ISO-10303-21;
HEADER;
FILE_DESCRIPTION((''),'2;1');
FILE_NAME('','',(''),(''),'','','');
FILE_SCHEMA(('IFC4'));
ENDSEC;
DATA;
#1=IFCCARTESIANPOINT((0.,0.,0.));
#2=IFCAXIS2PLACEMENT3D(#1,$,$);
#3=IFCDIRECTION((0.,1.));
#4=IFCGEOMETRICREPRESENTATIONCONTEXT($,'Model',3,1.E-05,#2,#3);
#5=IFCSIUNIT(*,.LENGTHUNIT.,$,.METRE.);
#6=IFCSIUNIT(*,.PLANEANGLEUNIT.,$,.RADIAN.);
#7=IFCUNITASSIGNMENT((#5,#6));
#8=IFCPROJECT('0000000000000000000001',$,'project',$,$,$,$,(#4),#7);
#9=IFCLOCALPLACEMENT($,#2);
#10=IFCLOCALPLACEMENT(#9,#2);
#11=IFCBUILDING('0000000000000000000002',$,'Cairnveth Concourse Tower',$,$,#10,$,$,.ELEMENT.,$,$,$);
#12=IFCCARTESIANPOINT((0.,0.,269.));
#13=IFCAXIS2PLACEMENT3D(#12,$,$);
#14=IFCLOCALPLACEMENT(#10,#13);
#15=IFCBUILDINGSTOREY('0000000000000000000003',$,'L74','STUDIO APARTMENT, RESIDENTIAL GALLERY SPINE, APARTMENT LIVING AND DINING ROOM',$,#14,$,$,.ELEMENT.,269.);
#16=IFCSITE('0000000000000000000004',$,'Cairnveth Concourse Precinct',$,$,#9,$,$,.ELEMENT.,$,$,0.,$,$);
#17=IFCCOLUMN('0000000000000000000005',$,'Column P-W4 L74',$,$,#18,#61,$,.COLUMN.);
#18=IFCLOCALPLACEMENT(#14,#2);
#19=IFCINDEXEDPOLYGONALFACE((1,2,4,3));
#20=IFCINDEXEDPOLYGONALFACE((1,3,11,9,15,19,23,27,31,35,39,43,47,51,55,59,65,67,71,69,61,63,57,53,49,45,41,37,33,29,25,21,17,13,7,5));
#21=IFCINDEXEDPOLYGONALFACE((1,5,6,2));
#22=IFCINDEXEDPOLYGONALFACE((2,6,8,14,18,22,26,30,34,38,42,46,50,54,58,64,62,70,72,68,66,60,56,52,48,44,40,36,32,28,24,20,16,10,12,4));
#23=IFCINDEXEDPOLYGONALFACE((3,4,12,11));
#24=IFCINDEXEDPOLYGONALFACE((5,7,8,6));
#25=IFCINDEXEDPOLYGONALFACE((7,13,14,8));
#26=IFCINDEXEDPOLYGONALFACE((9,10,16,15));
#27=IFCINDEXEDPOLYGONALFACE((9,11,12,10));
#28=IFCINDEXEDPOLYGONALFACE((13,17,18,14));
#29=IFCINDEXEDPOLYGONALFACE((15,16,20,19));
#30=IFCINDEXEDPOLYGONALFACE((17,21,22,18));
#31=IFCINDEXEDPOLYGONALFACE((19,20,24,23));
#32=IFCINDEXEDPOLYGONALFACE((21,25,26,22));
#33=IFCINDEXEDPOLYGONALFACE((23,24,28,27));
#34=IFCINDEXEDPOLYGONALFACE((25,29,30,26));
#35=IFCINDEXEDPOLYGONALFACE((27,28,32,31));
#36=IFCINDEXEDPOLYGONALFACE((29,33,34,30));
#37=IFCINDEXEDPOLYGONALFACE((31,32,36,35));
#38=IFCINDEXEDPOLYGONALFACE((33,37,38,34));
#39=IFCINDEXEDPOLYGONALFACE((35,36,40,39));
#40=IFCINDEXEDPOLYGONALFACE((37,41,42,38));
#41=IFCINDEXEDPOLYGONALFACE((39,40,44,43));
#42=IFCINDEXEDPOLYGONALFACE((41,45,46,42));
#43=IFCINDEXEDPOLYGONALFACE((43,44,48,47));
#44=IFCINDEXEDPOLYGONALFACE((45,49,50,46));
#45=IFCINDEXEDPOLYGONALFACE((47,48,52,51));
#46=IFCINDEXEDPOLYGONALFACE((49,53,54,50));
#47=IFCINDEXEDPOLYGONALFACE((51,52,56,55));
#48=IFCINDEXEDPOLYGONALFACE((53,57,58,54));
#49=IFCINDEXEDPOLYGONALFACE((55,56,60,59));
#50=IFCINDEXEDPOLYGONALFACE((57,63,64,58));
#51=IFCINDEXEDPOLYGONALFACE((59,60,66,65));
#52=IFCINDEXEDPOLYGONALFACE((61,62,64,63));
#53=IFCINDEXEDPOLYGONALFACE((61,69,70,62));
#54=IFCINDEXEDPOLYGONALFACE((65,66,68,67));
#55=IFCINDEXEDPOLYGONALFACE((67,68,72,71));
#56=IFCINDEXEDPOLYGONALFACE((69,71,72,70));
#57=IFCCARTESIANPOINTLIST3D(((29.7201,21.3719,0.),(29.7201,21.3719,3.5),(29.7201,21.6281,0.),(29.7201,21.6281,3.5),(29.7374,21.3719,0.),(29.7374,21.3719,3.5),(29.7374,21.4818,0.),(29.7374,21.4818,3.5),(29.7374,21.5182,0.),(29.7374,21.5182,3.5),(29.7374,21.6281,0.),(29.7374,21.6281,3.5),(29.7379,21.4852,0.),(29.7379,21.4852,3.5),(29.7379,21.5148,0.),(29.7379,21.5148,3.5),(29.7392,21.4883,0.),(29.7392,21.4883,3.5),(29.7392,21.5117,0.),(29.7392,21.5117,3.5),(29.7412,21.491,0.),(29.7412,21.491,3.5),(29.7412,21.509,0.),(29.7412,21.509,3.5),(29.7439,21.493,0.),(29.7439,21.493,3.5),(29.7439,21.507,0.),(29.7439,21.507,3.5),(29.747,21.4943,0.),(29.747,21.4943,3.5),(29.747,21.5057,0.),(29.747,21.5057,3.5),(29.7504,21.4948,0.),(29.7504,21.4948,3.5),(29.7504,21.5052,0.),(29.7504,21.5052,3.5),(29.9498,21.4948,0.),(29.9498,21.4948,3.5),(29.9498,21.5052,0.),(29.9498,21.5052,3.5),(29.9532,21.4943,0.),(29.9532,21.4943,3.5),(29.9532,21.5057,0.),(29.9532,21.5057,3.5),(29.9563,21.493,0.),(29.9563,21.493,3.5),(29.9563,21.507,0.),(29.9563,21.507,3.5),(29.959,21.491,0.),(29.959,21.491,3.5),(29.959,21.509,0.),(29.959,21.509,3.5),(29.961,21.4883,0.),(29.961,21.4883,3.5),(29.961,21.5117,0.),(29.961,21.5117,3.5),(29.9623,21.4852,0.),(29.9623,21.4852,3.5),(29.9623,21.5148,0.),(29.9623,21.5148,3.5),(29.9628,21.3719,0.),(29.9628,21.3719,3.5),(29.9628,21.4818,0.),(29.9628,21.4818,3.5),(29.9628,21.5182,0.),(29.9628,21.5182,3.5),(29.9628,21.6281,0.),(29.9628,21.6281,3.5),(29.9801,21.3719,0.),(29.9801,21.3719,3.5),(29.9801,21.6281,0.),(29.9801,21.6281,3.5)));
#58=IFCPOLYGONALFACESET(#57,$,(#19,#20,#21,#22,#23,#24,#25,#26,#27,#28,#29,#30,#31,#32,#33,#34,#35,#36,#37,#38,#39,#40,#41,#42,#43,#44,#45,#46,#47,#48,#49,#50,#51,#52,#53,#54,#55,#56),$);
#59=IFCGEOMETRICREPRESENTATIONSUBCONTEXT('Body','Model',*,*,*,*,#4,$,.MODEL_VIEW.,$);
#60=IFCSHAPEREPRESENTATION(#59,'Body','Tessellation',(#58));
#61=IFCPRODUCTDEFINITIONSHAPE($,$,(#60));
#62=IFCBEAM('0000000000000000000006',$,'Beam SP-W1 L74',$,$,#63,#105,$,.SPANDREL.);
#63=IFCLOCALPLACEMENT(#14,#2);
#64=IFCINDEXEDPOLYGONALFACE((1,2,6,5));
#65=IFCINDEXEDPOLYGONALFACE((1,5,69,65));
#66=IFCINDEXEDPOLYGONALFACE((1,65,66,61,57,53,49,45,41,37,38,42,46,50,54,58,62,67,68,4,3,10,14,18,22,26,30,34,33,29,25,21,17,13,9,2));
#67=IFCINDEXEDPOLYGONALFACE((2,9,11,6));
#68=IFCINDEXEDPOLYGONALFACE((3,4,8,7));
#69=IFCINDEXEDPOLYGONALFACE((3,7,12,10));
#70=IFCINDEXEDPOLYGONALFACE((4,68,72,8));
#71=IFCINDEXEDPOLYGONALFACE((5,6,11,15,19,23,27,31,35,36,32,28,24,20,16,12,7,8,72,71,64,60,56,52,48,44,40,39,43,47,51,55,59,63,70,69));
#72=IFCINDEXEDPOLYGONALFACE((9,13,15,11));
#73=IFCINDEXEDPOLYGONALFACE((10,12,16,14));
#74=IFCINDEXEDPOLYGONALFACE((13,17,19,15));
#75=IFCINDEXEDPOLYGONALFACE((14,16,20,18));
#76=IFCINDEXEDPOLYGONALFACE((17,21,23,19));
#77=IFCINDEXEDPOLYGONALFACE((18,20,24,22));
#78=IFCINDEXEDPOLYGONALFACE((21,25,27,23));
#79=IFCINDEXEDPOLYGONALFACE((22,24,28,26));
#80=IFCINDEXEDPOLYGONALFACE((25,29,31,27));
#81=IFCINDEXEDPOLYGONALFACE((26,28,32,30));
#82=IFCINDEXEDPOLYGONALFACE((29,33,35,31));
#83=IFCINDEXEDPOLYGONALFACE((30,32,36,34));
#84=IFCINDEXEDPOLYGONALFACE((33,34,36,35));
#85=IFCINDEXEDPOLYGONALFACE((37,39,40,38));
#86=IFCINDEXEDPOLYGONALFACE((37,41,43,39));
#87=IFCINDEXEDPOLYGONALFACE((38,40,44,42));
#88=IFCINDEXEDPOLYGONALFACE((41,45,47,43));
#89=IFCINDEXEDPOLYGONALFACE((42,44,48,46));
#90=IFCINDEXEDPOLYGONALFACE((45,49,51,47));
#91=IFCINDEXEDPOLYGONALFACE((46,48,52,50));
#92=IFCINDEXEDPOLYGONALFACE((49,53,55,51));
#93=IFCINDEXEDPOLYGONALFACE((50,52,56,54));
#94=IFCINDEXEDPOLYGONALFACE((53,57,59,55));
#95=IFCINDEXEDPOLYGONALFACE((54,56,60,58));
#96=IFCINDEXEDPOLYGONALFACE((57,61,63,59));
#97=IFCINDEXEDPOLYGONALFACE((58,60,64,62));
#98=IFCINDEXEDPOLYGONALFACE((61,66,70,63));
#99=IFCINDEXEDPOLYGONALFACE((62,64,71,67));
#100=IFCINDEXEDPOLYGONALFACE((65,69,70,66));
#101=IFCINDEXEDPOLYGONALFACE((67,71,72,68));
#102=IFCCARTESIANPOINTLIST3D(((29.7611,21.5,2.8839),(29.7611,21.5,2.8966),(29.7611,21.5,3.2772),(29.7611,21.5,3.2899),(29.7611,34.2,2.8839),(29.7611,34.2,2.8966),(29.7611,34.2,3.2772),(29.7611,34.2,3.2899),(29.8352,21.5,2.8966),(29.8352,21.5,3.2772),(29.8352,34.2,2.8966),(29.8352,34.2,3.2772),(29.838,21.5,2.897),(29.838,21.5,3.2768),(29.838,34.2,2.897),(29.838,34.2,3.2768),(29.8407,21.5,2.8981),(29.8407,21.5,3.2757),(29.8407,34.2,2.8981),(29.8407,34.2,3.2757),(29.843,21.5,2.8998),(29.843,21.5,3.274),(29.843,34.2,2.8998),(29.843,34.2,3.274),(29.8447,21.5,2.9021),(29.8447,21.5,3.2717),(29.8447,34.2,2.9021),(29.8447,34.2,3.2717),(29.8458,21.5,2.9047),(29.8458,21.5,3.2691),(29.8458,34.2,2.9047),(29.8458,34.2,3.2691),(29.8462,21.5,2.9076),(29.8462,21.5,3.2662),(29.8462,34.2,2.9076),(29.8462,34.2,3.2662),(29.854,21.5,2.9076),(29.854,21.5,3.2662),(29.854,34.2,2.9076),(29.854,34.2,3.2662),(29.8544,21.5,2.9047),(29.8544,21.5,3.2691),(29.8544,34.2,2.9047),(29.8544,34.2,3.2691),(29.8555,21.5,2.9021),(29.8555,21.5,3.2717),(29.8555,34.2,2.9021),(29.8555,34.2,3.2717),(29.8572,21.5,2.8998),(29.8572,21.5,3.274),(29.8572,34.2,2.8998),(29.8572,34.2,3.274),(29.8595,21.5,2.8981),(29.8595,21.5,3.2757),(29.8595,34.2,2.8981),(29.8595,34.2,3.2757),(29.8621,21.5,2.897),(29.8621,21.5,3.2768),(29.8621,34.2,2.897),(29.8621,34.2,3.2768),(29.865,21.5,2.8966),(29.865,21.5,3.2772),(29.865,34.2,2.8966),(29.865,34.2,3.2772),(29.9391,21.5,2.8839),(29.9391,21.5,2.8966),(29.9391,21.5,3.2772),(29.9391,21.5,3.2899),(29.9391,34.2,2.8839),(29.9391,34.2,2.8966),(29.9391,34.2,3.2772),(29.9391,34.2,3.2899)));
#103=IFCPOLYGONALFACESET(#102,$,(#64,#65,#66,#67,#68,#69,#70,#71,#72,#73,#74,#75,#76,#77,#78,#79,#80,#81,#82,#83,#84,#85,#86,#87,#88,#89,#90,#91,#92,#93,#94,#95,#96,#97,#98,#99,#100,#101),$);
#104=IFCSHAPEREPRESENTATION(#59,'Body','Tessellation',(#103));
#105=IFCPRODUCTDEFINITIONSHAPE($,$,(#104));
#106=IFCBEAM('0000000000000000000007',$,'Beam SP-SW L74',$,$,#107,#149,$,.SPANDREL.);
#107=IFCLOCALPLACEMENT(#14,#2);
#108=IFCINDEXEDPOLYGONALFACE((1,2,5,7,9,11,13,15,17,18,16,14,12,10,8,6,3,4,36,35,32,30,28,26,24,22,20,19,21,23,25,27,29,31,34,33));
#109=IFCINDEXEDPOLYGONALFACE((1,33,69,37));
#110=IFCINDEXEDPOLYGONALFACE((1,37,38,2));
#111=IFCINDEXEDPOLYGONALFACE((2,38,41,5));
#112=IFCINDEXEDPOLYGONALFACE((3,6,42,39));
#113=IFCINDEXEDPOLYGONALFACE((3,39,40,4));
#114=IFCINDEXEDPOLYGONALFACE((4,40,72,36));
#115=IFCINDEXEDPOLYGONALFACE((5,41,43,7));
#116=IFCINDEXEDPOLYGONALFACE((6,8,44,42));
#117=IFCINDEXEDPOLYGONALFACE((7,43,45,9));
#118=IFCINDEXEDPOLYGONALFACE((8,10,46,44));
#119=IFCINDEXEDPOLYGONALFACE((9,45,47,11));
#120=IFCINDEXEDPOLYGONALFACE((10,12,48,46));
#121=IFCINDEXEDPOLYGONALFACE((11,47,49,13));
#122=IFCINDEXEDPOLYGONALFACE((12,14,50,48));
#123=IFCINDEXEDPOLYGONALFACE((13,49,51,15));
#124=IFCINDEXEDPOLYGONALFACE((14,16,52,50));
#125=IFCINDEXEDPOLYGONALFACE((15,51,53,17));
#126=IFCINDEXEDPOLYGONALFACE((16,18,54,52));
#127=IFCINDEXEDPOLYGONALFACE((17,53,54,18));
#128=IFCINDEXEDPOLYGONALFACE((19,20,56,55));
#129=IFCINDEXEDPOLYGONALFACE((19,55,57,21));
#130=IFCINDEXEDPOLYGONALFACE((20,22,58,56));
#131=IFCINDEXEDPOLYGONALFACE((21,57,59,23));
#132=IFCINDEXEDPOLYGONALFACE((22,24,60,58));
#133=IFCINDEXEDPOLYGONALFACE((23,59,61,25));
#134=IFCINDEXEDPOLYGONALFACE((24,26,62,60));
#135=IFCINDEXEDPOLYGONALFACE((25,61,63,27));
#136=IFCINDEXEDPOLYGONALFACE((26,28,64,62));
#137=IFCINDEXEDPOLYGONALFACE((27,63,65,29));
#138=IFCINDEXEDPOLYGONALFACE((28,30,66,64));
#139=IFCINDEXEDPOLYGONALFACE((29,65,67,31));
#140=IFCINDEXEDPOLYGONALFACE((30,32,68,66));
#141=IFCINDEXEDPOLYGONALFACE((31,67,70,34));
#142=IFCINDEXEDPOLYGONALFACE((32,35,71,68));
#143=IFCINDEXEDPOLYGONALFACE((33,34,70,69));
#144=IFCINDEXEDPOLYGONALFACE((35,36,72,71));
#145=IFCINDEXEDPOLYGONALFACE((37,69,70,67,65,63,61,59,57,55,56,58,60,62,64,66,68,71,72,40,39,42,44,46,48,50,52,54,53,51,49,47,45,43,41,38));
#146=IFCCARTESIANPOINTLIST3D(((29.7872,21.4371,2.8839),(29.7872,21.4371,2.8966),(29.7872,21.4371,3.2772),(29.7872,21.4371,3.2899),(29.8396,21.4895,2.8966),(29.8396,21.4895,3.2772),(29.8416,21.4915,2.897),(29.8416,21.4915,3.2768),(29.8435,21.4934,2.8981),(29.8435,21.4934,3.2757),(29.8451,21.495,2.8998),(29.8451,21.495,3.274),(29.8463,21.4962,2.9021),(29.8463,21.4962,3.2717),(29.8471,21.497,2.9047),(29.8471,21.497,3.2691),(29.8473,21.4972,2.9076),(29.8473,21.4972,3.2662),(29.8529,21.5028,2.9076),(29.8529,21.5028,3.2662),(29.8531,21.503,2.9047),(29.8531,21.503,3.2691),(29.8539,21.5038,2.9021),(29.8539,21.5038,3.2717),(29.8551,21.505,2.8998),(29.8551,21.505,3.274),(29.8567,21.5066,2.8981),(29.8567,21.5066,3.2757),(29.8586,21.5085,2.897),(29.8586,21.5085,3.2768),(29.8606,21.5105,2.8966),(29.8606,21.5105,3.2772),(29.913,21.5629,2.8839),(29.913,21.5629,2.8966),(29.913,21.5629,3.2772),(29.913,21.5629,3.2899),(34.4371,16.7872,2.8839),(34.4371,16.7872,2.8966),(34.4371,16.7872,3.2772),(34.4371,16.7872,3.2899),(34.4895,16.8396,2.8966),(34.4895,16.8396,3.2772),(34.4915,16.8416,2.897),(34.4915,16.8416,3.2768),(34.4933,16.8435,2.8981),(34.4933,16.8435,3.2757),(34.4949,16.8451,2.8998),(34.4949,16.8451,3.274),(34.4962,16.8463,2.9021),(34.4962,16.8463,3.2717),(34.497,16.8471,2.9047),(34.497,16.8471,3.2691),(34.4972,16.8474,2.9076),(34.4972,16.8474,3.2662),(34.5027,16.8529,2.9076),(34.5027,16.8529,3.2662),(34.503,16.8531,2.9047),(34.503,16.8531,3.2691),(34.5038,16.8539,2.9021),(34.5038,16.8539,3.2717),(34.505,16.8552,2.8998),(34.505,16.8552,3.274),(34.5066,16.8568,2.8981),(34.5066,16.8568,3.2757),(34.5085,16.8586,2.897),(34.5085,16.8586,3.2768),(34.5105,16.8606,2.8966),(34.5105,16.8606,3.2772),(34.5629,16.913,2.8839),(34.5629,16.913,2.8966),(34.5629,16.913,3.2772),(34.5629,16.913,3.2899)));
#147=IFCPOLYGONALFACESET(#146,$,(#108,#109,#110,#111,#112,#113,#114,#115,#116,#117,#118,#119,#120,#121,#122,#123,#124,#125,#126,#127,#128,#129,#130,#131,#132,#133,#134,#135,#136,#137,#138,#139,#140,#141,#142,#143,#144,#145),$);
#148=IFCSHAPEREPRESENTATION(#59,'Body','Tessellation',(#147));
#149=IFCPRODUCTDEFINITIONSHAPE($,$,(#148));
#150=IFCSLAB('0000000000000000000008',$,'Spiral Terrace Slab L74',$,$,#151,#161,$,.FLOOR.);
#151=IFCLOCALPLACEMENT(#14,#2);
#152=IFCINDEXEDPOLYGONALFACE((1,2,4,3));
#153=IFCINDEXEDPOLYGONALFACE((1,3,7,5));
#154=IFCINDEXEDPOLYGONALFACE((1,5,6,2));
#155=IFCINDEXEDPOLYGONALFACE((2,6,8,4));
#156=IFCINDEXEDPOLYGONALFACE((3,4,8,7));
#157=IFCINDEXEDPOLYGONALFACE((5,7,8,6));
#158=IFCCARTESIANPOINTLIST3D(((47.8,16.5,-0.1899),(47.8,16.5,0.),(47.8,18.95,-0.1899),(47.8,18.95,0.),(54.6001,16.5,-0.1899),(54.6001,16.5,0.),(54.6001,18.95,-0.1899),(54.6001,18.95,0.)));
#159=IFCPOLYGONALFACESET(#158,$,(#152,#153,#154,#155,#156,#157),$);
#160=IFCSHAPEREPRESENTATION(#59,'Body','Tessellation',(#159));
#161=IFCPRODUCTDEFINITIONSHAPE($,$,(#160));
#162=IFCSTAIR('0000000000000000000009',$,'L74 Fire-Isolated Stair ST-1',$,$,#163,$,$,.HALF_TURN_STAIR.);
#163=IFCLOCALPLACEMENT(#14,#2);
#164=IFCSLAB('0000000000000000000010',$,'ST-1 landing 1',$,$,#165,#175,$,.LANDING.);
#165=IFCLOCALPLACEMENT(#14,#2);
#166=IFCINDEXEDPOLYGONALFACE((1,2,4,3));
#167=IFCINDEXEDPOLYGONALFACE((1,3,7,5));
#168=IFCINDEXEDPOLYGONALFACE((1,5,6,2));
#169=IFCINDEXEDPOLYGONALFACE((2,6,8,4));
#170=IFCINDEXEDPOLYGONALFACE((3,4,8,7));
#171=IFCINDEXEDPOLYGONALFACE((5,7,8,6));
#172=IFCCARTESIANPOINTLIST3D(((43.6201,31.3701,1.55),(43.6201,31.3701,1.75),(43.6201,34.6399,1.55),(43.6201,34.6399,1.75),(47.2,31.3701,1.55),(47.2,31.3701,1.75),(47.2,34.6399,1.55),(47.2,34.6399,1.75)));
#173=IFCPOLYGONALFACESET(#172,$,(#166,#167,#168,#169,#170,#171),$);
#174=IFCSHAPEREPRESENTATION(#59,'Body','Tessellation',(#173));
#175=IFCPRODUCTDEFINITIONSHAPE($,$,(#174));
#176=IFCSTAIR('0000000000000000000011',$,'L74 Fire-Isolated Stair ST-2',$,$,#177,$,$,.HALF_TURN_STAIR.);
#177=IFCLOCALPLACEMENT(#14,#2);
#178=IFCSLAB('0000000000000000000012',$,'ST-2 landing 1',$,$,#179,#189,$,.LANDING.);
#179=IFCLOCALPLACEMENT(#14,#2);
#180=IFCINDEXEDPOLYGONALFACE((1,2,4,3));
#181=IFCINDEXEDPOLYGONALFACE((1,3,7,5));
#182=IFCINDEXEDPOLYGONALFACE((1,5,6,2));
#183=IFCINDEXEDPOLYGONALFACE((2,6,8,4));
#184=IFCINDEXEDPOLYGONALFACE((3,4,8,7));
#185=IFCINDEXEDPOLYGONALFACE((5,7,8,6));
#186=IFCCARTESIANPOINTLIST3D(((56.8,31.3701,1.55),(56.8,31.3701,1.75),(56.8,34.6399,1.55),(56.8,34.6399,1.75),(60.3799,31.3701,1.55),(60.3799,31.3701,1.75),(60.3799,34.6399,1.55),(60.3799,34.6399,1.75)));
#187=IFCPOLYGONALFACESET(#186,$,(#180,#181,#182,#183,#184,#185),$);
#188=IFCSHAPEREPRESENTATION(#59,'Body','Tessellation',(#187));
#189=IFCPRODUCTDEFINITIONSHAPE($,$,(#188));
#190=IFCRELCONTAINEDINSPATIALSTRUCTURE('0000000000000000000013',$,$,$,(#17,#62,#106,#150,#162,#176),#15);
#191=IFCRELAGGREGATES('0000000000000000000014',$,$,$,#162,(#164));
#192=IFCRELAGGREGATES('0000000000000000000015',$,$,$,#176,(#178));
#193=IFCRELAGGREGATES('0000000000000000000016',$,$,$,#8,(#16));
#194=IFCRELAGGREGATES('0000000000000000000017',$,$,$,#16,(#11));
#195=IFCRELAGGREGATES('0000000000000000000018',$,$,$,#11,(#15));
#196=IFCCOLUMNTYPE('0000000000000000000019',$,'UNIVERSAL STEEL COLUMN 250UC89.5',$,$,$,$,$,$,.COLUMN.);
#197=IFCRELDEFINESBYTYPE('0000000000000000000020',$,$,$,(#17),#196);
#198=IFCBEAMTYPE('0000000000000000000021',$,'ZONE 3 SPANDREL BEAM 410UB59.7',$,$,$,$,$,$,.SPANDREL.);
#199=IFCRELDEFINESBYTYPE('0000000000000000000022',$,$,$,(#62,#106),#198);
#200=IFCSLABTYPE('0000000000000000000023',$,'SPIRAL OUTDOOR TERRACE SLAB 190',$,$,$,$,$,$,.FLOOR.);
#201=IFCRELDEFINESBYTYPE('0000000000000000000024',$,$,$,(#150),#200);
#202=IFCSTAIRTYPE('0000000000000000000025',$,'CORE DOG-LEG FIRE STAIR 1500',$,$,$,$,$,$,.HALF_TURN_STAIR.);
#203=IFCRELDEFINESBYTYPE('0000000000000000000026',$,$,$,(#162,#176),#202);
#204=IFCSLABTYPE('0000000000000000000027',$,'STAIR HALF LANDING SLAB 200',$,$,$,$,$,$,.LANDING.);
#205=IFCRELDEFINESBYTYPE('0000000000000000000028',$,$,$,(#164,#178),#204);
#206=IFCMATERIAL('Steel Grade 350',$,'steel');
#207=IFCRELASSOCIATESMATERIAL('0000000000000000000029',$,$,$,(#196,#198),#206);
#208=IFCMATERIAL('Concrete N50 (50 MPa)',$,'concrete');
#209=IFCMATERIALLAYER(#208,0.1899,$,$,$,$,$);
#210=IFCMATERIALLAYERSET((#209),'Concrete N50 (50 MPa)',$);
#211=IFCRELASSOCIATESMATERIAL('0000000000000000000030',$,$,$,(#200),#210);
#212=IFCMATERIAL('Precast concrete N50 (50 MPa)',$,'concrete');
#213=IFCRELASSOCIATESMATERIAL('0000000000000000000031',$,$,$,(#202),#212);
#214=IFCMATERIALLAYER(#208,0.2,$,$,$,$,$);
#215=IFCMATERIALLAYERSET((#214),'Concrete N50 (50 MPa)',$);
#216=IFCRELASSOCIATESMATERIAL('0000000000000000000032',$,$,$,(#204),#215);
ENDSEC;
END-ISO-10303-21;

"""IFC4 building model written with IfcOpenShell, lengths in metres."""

from ifc_helpers import new_model, si_unit, direction, frame, origin, origin_2d, place, context, subcontext, project, spatial, polyline, i_section, outline, extrude, material, layer, layer_set, material_profile, profile_set, type_object, element, aggregate, save


model = new_model("IFC4")

# Units and contexts
model_context = context("Model", 3, precision=1e-05, world=origin(), true_north=direction((0.0, 1.0)))
body_context = subcontext(model_context, "Body", "Model", "MODEL_VIEW")
ifc_project = project(units=[si_unit("LENGTHUNIT", "METRE"), si_unit("PLANEANGLEUNIT", "RADIAN")], contexts=[model_context])

# Site, building, storey
site_placement = place(None, origin())
site = spatial("IfcSite", under=ifc_project, at=site_placement, Name="Cairnveth Concourse Precinct", CompositionType="ELEMENT", RefElevation=0.0)
building_placement = place(site_placement, origin())
building = spatial("IfcBuilding", under=site, at=building_placement, Name="Cairnveth Concourse Tower", CompositionType="ELEMENT")
storey_placement = place(building_placement, frame((0.0, 0.0, 269.0)))
storey = spatial("IfcBuildingStorey", under=building, at=storey_placement, Name="L74", Description="STUDIO APARTMENT, RESIDENTIAL GALLERY SPINE, APARTMENT LIVING AND DINING ROOM", CompositionType="ELEMENT", Elevation=269.0)

# Column
ifc_material_1 = material(Name="Steel Grade 350", Category="steel")
ifc_material_profile_1 = material_profile(ifc_material_1, i_section(OverallWidth=0.2561, OverallDepth=0.26, WebThickness=0.0105, FlangeThickness=0.0173, FilletRadius=0.0129, at=origin_2d()), Name="250UC89.5")
ifc_profile_set_1 = profile_set([ifc_material_profile_1], Name="Steel Grade 350")
column_type = type_object("IfcColumnType", Name="UNIVERSAL STEEL COLUMN 250UC89.5", PredefinedType="COLUMN", material=ifc_profile_set_1)
column_placement = place(storey_placement, frame((29.8501, 21.5, 0.0), z_axis=(0.0, 0.0, 1.0), x_axis=(0.0, 1.0, 0.0)))
element("IfcColumn", 1, at=column_placement, inside=storey, type_object=column_type, Name="Column P-W4 L74", PredefinedType="COLUMN", context=body_context, shape_type="SweptSolid", body=[
    extrude(i_section(OverallWidth=0.2561, OverallDepth=0.26, WebThickness=0.0105, FlangeThickness=0.0173, FilletRadius=0.0129, at=origin_2d()), origin(), (0.0, 0.0, 1.0), 3.5),
])

# Beams
ifc_material_profile_2 = material_profile(ifc_material_1, i_section(OverallWidth=0.178, OverallDepth=0.406, WebThickness=0.0078, FlangeThickness=0.0127, FilletRadius=0.011, at=origin_2d()), Name="410UB59.7")
ifc_profile_set_2 = profile_set([ifc_material_profile_2], Name="Steel Grade 350")
beam_type = type_object("IfcBeamType", Name="ZONE 3 SPANDREL BEAM 410UB59.7", PredefinedType="SPANDREL", material=ifc_profile_set_2)
beam_1_placement = place(storey_placement, frame((29.8501, 21.5, 3.0869), z_axis=(0.0, 1.0, 0.0), x_axis=(-1.0, 0.0, 0.0)))
element("IfcBeam", 2, at=beam_1_placement, inside=storey, type_object=beam_type, Name="Beam SP-W1 L74", PredefinedType="SPANDREL", context=body_context, shape_type="SweptSolid", body=[
    extrude(i_section(OverallWidth=0.178, OverallDepth=0.406, WebThickness=0.0078, FlangeThickness=0.0127, FilletRadius=0.011, at=origin_2d()), origin(), (0.0, 0.0, 1.0), 12.7),
])
beam_2_placement = place(storey_placement, frame((29.8501, 21.5, 3.0869), z_axis=(0.707107, -0.707107, 0.0), x_axis=(0.707107, 0.707107, 0.0)))
element("IfcBeam", 3, at=beam_2_placement, inside=storey, type_object=beam_type, Name="Beam SP-SW L74", PredefinedType="SPANDREL", context=body_context, shape_type="SweptSolid", body=[
    extrude(i_section(OverallWidth=0.178, OverallDepth=0.406, WebThickness=0.0078, FlangeThickness=0.0127, FilletRadius=0.011, at=origin_2d()), origin(), (0.0, 0.0, 1.0), 6.5759),
])

# Slab
ifc_material_2 = material(Name="Concrete N50 (50 MPa)", Category="concrete")
ifc_layer_1 = layer(ifc_material_2, 0.1899)
ifc_layer_set_1 = layer_set([ifc_layer_1], Name="Concrete N50 (50 MPa)")
slab_type_1 = type_object("IfcSlabType", Name="SPIRAL OUTDOOR TERRACE SLAB 190", PredefinedType="FLOOR", material=ifc_layer_set_1)
slab_1_placement = place(storey_placement, frame((0.0, 0.0, -0.1899)))
element("IfcSlab", 4, at=slab_1_placement, inside=storey, type_object=slab_type_1, Name="Spiral Terrace Slab L74", PredefinedType="FLOOR", context=body_context, shape_type="SweptSolid", body=[
    extrude(outline(polyline([(47.8, 16.5), (54.6001, 16.5), (54.6001, 18.95), (47.8, 18.95), (47.8, 16.5)])), origin(), (0.0, 0.0, 1.0), 0.1899),
])

# Stairs, slabs
ifc_material_3 = material(Name="Precast concrete N50 (50 MPa)", Category="concrete")
stair_type = type_object("IfcStairType", Name="CORE DOG-LEG FIRE STAIR 1500", PredefinedType="HALF_TURN_STAIR", material=ifc_material_3)
stair_1_placement = place(storey_placement, origin())
stair_1 = element("IfcStair", 5, at=stair_1_placement, inside=storey, type_object=stair_type, Name="L74 Fire-Isolated Stair ST-1", PredefinedType="HALF_TURN_STAIR")
ifc_layer_2 = layer(ifc_material_2, 0.2)
ifc_layer_set_2 = layer_set([ifc_layer_2], Name="Concrete N50 (50 MPa)")
slab_type_2 = type_object("IfcSlabType", Name="STAIR HALF LANDING SLAB 200", PredefinedType="LANDING", material=ifc_layer_set_2)
slab_2_placement = place(storey_placement, frame((0.0, 0.0, 1.55)))
slab_2 = element("IfcSlab", 6, at=slab_2_placement, type_object=slab_type_2, Name="ST-1 landing 1", PredefinedType="LANDING", context=body_context, shape_type="SweptSolid", body=[
    extrude(outline(polyline([(43.6201, 34.6399), (43.6201, 31.3701), (47.2, 31.3701), (47.2, 34.6399), (43.6201, 34.6399)])), origin(), (0.0, 0.0, 1.0), 0.2),
])
aggregate(stair_1, [slab_2])
stair_2_placement = place(storey_placement, origin())
stair_2 = element("IfcStair", 7, at=stair_2_placement, inside=storey, type_object=stair_type, Name="L74 Fire-Isolated Stair ST-2", PredefinedType="HALF_TURN_STAIR")
slab_3_placement = place(storey_placement, frame((0.0, 0.0, 1.55)))
slab_3 = element("IfcSlab", 8, at=slab_3_placement, type_object=slab_type_2, Name="ST-2 landing 1", PredefinedType="LANDING", context=body_context, shape_type="SweptSolid", body=[
    extrude(outline(polyline([(56.8, 34.6399), (56.8, 31.3701), (60.3799, 31.3701), (60.3799, 34.6399), (56.8, 34.6399)])), origin(), (0.0, 0.0, 1.0), 0.2),
])
aggregate(stair_2, [slab_3])

save(model, "model.ifc")
